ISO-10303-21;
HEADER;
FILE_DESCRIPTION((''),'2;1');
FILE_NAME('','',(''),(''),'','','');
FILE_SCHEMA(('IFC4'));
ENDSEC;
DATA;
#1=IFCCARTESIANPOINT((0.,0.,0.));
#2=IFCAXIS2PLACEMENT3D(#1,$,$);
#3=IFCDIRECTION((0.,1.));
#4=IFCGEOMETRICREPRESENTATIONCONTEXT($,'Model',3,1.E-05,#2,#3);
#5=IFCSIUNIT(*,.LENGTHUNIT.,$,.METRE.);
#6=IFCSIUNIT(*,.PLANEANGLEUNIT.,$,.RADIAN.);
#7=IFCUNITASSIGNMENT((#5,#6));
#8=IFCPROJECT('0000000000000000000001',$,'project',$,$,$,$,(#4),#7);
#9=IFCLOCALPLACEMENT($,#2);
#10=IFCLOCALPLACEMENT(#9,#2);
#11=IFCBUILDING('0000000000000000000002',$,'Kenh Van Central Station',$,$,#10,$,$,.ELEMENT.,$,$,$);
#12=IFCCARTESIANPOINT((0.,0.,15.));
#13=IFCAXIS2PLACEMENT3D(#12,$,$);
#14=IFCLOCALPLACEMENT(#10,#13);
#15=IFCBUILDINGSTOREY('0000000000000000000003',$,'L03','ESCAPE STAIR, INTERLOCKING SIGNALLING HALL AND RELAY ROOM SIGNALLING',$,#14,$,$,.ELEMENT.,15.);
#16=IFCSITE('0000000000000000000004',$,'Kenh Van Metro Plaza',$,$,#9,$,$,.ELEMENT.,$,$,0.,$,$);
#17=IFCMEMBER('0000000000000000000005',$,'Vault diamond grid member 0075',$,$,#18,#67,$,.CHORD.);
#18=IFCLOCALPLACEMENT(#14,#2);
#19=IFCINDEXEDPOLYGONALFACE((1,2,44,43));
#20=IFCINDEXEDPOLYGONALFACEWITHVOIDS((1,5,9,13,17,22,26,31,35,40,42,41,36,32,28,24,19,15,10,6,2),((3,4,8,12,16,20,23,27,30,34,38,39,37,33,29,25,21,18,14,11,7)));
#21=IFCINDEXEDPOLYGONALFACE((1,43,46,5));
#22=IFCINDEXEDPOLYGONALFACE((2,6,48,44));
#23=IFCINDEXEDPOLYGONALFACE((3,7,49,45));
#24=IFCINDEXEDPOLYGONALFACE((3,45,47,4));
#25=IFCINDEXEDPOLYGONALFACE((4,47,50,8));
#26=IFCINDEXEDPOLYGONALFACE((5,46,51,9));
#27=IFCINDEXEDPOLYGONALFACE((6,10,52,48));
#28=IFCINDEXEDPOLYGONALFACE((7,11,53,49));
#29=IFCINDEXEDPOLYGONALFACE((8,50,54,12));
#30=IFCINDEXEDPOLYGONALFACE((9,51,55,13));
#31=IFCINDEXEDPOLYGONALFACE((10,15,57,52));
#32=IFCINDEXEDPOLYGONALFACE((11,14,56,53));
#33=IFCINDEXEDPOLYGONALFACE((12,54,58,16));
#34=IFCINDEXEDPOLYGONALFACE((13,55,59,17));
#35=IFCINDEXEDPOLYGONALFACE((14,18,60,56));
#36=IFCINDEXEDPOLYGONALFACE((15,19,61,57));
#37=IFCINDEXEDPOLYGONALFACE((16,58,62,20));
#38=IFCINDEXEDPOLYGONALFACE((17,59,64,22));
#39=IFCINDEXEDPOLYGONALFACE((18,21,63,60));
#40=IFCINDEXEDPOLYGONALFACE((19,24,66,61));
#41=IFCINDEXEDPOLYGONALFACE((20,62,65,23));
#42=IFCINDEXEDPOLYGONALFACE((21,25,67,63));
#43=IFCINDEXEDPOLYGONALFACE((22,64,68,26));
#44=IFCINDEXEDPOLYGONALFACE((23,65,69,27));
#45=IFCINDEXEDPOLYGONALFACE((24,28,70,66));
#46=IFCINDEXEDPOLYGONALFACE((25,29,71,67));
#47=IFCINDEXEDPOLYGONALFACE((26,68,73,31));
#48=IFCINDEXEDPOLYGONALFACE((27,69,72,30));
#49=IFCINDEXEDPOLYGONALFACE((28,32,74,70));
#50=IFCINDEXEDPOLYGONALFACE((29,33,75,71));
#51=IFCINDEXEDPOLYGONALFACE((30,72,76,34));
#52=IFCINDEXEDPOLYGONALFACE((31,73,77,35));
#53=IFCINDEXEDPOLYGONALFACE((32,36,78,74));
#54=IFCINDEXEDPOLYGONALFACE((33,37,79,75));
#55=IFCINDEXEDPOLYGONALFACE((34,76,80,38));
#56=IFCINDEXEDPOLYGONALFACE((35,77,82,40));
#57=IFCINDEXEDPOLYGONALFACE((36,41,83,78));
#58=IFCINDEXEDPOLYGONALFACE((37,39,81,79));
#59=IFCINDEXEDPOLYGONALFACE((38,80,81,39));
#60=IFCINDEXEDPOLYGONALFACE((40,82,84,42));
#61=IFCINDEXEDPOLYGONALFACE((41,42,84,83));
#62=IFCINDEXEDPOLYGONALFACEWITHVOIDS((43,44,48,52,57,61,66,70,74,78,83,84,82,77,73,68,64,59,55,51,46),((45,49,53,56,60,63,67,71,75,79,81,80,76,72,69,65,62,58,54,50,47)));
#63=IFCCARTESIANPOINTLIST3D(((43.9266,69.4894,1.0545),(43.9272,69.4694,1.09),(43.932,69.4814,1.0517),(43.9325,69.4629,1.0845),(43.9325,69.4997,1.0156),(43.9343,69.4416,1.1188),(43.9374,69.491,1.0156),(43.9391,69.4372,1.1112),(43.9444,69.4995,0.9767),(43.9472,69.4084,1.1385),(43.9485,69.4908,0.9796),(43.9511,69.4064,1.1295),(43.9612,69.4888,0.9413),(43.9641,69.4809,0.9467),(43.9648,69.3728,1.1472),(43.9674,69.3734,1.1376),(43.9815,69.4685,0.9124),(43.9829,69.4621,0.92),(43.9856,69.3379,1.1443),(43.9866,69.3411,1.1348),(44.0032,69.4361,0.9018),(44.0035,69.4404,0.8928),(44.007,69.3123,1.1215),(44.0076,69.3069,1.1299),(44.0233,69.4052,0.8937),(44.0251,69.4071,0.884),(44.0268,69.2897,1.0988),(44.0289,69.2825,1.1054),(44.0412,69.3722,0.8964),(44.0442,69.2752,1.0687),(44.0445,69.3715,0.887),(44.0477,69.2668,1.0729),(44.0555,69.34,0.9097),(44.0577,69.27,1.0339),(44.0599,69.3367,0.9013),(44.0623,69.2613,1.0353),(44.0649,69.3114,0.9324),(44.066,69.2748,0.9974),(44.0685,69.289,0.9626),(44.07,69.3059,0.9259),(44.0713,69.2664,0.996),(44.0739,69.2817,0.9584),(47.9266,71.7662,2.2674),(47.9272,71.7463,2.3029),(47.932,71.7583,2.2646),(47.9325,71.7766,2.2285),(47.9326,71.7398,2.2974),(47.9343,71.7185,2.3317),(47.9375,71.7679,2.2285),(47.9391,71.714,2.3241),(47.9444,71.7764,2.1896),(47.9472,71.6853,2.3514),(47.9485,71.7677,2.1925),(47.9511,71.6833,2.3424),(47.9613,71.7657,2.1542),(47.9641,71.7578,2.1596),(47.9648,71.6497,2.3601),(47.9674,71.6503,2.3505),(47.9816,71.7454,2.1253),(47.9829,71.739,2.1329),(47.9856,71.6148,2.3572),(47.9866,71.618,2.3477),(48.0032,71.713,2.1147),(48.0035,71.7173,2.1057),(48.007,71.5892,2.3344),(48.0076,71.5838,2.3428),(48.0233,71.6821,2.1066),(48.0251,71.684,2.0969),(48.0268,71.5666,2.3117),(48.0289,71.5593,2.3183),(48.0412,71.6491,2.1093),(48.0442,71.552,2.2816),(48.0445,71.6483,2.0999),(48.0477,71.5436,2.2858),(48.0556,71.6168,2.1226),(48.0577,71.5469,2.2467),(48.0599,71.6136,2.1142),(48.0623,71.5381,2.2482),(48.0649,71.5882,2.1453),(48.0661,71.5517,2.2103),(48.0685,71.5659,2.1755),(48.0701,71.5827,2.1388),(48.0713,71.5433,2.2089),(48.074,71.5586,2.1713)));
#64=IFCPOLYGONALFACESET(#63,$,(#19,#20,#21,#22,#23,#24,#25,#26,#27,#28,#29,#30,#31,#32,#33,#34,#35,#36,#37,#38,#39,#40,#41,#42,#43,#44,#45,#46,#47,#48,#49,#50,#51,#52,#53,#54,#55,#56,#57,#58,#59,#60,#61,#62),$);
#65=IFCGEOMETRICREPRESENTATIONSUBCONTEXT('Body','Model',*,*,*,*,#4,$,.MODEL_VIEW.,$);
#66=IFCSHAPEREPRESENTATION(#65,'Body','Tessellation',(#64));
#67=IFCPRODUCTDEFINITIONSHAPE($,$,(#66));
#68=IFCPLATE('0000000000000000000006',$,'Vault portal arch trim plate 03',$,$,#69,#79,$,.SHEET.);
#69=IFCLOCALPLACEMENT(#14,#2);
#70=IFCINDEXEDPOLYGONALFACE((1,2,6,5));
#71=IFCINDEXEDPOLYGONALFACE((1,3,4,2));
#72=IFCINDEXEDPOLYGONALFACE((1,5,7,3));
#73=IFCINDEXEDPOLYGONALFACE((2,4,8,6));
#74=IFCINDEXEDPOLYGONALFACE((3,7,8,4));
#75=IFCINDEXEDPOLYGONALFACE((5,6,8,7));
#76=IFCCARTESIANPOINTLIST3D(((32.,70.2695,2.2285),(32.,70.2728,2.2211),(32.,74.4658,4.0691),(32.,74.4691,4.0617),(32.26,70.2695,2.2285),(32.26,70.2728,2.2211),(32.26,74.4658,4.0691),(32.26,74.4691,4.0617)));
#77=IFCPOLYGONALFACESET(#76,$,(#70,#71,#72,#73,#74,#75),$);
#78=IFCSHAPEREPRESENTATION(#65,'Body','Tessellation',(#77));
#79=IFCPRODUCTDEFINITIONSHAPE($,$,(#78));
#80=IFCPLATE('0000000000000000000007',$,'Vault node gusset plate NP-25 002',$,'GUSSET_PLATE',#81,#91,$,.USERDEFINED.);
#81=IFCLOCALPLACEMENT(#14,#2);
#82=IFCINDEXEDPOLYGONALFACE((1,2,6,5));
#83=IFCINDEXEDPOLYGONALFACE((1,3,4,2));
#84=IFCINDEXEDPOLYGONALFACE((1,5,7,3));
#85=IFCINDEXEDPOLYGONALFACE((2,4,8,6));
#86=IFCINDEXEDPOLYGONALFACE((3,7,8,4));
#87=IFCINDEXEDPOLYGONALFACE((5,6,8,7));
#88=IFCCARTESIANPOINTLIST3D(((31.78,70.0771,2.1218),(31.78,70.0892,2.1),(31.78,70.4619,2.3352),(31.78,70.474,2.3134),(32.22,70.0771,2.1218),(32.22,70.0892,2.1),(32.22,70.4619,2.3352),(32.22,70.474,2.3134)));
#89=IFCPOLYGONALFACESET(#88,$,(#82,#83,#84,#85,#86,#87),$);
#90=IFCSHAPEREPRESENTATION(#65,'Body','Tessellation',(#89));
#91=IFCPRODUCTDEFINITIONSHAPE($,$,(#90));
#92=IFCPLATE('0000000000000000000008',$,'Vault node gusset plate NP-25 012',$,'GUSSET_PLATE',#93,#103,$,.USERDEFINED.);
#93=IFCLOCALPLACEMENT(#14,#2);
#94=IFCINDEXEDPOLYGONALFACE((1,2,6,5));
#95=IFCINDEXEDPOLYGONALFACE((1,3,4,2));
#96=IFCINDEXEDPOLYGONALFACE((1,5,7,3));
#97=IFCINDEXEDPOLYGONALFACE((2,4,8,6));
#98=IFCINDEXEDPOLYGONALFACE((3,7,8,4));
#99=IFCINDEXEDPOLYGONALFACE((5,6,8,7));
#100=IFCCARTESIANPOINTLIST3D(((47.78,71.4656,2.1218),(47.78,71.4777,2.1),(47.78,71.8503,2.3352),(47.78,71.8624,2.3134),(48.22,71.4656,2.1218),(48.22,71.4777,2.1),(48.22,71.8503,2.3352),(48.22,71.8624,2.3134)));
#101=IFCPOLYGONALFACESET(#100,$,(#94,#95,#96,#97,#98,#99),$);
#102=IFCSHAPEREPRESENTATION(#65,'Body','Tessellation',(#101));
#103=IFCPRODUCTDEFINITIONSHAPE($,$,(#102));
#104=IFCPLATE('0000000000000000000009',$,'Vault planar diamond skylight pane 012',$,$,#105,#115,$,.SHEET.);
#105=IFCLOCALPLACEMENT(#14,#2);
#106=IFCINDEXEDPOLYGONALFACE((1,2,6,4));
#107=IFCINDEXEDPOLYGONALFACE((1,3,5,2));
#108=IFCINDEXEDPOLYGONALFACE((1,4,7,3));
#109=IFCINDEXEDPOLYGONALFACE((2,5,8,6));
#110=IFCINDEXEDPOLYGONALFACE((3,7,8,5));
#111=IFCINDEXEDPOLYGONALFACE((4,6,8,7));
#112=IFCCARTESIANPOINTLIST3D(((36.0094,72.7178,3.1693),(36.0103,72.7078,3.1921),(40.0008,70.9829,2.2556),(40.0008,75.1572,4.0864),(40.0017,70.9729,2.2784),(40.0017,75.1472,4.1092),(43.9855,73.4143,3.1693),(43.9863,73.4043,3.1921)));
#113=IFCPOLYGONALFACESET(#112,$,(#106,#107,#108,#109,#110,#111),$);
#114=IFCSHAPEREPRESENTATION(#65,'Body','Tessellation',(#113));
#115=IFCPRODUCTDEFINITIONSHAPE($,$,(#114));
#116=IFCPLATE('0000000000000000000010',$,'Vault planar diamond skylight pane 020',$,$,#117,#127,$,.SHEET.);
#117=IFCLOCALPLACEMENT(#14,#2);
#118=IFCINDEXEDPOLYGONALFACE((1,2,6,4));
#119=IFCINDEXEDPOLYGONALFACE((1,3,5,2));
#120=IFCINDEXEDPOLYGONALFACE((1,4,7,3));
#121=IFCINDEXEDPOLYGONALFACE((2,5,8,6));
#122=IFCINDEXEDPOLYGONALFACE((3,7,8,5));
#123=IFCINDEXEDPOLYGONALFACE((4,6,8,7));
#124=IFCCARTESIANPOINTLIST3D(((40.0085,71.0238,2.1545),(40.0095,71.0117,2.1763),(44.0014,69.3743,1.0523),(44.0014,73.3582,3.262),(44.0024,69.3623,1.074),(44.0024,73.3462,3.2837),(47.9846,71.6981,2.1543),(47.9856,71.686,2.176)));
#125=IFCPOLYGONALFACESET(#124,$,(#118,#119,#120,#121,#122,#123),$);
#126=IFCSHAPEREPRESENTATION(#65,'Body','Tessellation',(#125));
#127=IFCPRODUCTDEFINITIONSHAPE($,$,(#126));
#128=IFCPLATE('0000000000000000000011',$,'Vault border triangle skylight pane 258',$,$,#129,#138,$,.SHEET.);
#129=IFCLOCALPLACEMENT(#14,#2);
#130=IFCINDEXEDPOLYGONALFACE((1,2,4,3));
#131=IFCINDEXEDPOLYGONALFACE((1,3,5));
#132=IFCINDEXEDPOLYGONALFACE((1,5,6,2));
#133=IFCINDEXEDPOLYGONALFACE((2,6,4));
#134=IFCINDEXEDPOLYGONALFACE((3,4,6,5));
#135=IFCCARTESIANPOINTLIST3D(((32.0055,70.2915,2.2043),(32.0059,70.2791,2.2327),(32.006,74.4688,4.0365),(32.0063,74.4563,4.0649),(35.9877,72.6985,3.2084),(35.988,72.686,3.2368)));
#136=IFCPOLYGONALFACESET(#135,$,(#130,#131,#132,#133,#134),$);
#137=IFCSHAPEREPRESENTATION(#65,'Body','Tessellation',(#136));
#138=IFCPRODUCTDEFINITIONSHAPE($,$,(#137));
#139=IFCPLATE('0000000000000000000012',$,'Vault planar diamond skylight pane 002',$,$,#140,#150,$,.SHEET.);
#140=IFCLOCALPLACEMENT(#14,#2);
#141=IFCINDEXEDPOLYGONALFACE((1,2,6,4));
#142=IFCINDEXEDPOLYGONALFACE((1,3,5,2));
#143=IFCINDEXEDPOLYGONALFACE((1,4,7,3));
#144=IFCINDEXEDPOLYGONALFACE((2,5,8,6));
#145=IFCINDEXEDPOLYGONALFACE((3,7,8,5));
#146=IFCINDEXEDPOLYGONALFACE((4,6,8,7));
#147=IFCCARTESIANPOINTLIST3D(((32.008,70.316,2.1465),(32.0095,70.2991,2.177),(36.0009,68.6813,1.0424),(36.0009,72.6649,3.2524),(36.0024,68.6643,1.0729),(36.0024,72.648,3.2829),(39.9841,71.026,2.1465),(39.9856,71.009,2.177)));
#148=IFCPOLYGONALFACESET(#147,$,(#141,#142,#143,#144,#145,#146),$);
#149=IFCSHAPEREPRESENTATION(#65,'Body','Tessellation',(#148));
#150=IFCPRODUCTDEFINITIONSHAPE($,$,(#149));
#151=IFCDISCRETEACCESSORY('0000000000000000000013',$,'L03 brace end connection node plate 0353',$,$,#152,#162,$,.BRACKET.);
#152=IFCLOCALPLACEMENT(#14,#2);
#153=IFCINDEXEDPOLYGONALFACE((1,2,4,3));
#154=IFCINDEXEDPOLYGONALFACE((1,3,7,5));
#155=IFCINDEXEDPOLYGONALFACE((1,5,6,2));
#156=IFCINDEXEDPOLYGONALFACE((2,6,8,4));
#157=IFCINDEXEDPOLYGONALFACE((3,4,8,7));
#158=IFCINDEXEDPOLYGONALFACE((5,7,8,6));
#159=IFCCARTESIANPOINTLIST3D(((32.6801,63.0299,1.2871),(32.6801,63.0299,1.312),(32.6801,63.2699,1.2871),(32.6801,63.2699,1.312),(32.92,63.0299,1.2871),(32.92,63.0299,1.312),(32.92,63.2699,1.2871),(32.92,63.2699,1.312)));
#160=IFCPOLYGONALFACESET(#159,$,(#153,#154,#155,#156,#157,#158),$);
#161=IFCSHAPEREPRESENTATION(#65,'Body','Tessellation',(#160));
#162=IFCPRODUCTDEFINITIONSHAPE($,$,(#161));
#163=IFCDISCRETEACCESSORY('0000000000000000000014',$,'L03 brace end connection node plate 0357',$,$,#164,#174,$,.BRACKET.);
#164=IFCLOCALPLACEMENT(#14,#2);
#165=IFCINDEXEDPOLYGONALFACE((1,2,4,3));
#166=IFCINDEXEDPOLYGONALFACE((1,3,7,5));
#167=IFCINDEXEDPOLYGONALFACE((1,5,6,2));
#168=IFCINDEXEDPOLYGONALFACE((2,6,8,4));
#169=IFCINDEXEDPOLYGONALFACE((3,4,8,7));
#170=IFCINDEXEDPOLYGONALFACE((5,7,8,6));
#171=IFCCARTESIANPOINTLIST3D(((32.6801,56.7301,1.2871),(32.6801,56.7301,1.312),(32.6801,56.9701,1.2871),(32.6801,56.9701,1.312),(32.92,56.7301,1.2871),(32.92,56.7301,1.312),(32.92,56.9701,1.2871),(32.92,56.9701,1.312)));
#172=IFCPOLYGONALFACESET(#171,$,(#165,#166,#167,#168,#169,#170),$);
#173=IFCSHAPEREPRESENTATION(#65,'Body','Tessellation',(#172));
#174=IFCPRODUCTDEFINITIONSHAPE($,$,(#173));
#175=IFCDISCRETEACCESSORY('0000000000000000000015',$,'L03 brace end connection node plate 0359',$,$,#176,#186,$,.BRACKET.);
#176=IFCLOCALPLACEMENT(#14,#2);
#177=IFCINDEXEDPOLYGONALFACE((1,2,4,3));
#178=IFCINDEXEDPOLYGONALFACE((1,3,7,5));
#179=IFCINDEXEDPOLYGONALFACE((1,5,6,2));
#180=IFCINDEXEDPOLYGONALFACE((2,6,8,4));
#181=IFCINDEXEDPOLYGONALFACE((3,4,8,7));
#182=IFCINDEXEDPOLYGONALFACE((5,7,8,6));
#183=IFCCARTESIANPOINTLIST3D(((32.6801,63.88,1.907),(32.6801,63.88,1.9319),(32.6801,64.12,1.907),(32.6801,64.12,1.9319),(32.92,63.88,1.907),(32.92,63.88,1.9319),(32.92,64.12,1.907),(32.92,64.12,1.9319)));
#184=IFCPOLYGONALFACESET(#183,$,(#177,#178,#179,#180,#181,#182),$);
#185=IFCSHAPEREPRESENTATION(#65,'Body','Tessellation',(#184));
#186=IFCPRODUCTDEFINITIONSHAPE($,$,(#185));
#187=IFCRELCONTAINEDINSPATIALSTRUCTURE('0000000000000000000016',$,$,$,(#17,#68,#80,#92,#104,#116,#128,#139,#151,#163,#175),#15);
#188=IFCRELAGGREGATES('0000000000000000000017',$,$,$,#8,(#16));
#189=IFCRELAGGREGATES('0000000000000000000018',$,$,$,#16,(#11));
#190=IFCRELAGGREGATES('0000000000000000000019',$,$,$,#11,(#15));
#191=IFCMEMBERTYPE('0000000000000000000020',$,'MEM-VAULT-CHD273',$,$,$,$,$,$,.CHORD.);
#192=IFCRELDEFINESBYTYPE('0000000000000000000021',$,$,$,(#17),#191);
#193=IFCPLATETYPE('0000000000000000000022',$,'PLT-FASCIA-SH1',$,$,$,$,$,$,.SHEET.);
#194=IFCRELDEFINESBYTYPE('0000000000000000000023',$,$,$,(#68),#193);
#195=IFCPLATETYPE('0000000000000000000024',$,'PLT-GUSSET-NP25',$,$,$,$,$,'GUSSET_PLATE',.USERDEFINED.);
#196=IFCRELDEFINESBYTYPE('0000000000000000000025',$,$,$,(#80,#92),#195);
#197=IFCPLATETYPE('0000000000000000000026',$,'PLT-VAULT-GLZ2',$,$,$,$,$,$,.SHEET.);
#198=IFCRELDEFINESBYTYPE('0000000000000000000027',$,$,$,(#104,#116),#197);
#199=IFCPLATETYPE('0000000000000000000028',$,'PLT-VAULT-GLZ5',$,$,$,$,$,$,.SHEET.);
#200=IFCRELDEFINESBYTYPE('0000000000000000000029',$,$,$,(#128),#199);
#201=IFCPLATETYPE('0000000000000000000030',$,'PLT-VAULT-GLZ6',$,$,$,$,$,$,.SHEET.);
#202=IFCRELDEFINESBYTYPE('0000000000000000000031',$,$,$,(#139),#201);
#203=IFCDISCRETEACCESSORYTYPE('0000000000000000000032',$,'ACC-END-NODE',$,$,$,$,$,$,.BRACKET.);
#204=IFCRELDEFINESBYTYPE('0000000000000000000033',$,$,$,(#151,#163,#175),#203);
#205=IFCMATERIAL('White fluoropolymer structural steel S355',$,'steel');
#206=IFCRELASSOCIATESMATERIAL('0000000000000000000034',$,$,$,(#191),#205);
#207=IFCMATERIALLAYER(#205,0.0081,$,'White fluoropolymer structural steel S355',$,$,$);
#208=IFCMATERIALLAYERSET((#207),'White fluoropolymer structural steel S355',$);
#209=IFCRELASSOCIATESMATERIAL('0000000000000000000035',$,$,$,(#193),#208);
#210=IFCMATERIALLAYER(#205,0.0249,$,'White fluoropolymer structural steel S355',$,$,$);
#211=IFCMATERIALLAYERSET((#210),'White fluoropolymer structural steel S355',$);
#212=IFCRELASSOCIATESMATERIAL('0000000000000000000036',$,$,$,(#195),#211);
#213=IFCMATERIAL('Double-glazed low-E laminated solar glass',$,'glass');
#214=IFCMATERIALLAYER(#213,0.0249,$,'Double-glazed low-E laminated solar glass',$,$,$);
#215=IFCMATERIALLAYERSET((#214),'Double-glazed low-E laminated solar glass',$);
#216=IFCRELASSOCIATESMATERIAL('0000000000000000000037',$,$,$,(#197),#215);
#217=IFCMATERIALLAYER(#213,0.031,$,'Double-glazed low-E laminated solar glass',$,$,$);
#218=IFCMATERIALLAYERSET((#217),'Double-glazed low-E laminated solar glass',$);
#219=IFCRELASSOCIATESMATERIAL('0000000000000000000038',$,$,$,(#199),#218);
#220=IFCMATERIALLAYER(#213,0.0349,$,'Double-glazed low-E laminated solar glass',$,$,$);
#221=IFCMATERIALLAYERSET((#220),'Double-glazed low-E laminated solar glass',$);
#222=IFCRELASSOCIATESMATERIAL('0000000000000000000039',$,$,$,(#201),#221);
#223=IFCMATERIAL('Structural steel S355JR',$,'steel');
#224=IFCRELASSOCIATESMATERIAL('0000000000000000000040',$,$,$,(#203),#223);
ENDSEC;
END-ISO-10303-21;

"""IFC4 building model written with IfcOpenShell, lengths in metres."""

from ifc_helpers import new_model, si_unit, direction, frame, origin, origin_2d, place, context, subcontext, project, spatial, polyline, rectangle, hollow_circle, outline, extrude, material, layer, layer_set, material_profile, profile_set, type_object, element, save


model = new_model("IFC4")

# Units and contexts
model_context = context("Model", 3, precision=1e-05, world=origin(), true_north=direction((0.0, 1.0)))
body_context = subcontext(model_context, "Body", "Model", "MODEL_VIEW")
ifc_project = project(units=[si_unit("LENGTHUNIT", "METRE"), si_unit("PLANEANGLEUNIT", "RADIAN")], contexts=[model_context])

# Site, building, storey
site_placement = place(None, origin())
site = spatial("IfcSite", under=ifc_project, at=site_placement, Name="Kenh Van Metro Plaza", CompositionType="ELEMENT", RefElevation=0.0)
building_placement = place(site_placement, origin())
building = spatial("IfcBuilding", under=site, at=building_placement, Name="Kenh Van Central Station", CompositionType="ELEMENT")
storey_placement = place(building_placement, frame((0.0, 0.0, 15.0)))
storey = spatial("IfcBuildingStorey", under=building, at=storey_placement, Name="L03", Description="ESCAPE STAIR, INTERLOCKING SIGNALLING HALL AND RELAY ROOM SIGNALLING", CompositionType="ELEMENT", Elevation=15.0)

# Shared definitions
ifc_material_1 = material(Name="White fluoropolymer structural steel S355", Category="steel")

# Member
ifc_material_profile_1 = material_profile(ifc_material_1, hollow_circle(Radius=0.1365, WallThickness=0.01, at=origin_2d()), Name="CHS 273x10")
ifc_profile_set_1 = profile_set([ifc_material_profile_1], Name="White fluoropolymer structural steel S355")
member_type_1 = type_object("IfcMemberType", Name="MEM-VAULT-CHD273", PredefinedType="CHORD", material=ifc_profile_set_1)
member_1_placement = place(storey_placement, frame((44.0, 69.3811, 1.0156), z_axis=(0.840381, 0.478357, 0.254823), x_axis=(-0.494687, 0.869071, 0.0)))
element("IfcMember", 1, at=member_1_placement, inside=storey, type_object=member_type_1, Name="Vault diamond grid member 0075", PredefinedType="CHORD", context=body_context, shape_type="SweptSolid", body=[
    extrude(hollow_circle(Radius=0.1365, WallThickness=0.01, at=origin_2d()), origin(), (0.0, 0.0, 1.0), 4.7598),
])

# Plates
ifc_layer_1 = layer(ifc_material_1, 0.0081, Name="White fluoropolymer structural steel S355")
ifc_layer_set_1 = layer_set([ifc_layer_1], Name="White fluoropolymer structural steel S355")
plate_type_1 = type_object("IfcPlateType", Name="PLT-FASCIA-SH1", PredefinedType="SHEET", material=ifc_layer_set_1)
plate_1_placement = place(storey_placement, frame((32.0, 70.2695, 2.2285), z_axis=(0.0, -0.40168, 0.91578), x_axis=(1.0, 0.0, 0.0)))
element("IfcPlate", 2, at=plate_1_placement, inside=storey, type_object=plate_type_1, Name="Vault portal arch trim plate 03", PredefinedType="SHEET", context=body_context, shape_type="SweptSolid", body=[
    extrude(outline(polyline([(0.0, 0.0), (0.26, 0.0), (0.26, 4.5822), (0.0, 4.5822), (0.0, 0.0)])), origin(), (0.0, 0.0, -1.0), 0.0081),
])
ifc_layer_2 = layer(ifc_material_1, 0.0249, Name="White fluoropolymer structural steel S355")
ifc_layer_set_2 = layer_set([ifc_layer_2], Name="White fluoropolymer structural steel S355")
plate_type_2 = type_object("IfcPlateType", Name="PLT-GUSSET-NP25", ElementType="GUSSET_PLATE", PredefinedType="USERDEFINED", material=ifc_layer_set_2)
for number, where, z_axis, x_axis, name in (
    (3, (31.78, 70.0771, 2.1218), (0.0, -0.484983, 0.874523), (1.0, 0.0, 0.0), "Vault node gusset plate NP-25 002"),
    (4, (47.78, 71.4656, 2.1218), (0.0, -0.484983, 0.874523), (1.0, 0.0, 0.0), "Vault node gusset plate NP-25 012"),
):
    element("IfcPlate", number, at=place(storey_placement, frame(where, z_axis=z_axis, x_axis=x_axis)), inside=storey, type_object=plate_type_2, Name=name, ObjectType="GUSSET_PLATE", PredefinedType="USERDEFINED", context=body_context, shape_type="SweptSolid", body=[
        extrude(outline(polyline([(0.0, 0.0), (0.4399, 0.0), (0.4399, 0.44), (0.0, 0.44), (0.0, 0.0)])), origin(), (0.0, 0.0, -1.0), 0.0249),
    ])
ifc_material_2 = material(Name="Double-glazed low-E laminated solar glass", Category="glass")
ifc_layer_3 = layer(ifc_material_2, 0.0249, Name="Double-glazed low-E laminated solar glass")
ifc_layer_set_3 = layer_set([ifc_layer_3], Name="Double-glazed low-E laminated solar glass")
plate_type_3 = type_object("IfcPlateType", Name="PLT-VAULT-GLZ2", PredefinedType="SHEET", material=ifc_layer_set_3)
plate_2_placement = place(storey_placement, frame((36.0103, 72.7078, 3.1921), z_axis=(0.035054, -0.401409, 0.915228), x_axis=(0.897545, -0.390117, -0.205478)))
element("IfcPlate", 5, at=plate_2_placement, inside=storey, type_object=plate_type_3, Name="Vault planar diamond skylight pane 012", PredefinedType="SHEET", context=body_context, shape_type="SweptSolid", body=[
    extrude(outline(polyline([(0.0, 0.0), (4.4471, 0.0), (6.8872, 4.0829), (2.4424, 4.0937), (0.0, 0.0)])), origin(), (0.0, 0.0, -1.0), 0.0249),
])
plate_3_placement = place(storey_placement, frame((40.0095, 71.0117, 2.1763), z_axis=(0.040999, -0.484639, 0.873753), x_axis=(0.895557, -0.369947, -0.247218)))
element("IfcPlate", 6, at=plate_3_placement, inside=storey, type_object=plate_type_3, Name="Vault planar diamond skylight pane 020", PredefinedType="SHEET", context=body_context, shape_type="SweptSolid", body=[
    extrude(outline(polyline([(0.0, 0.0), (4.4586, 0.0), (6.8936, 4.0682), (2.4385, 4.0833), (0.0, 0.0)])), origin(), (0.0, 0.0, -1.0), 0.0249),
])
ifc_layer_4 = layer(ifc_material_2, 0.031, Name="Double-glazed low-E laminated solar glass")
ifc_layer_set_4 = layer_set([ifc_layer_4], Name="Double-glazed low-E laminated solar glass")
plate_type_4 = type_object("IfcPlateType", Name="PLT-VAULT-GLZ5", PredefinedType="SHEET", material=ifc_layer_set_4)
plate_4_placement = place(storey_placement, frame((32.0059, 70.2791, 2.2327), z_axis=(0.011873, -0.401662, 0.915711), x_axis=(0.836555, 0.505646, 0.210947)))
element("IfcPlate", 7, at=plate_4_placement, inside=storey, type_object=plate_type_4, Name="Vault border triangle skylight pane 258", PredefinedType="SHEET", context=body_context, shape_type="SweptSolid", body=[
    extrude(outline(polyline([(0.0, 0.0), (4.7602, 0.0), (2.4991, 3.8159), (0.0, 0.0)])), origin(), (0.0, 0.0, -1.0), 0.031),
])
ifc_layer_5 = layer(ifc_material_2, 0.0349, Name="Double-glazed low-E laminated solar glass")
ifc_layer_set_5 = layer_set([ifc_layer_5], Name="Double-glazed low-E laminated solar glass")
plate_type_5 = type_object("IfcPlateType", Name="PLT-VAULT-GLZ6", PredefinedType="SHEET", material=ifc_layer_set_5)
plate_5_placement = place(storey_placement, frame((32.0095, 70.2991, 2.177), z_axis=(0.04314, -0.484659, 0.873639), x_axis=(0.896556, -0.367058, -0.247901)))
element("IfcPlate", 8, at=plate_5_placement, inside=storey, type_object=plate_type_5, Name="Vault planar diamond skylight pane 002", PredefinedType="SHEET", context=body_context, shape_type="SweptSolid", body=[
    extrude(outline(polyline([(0.0, 0.0), (4.4536, 0.0), (6.8904, 4.0797), (2.4435, 4.0881), (0.0, 0.0)])), origin(), (0.0, 0.0, -1.0), 0.0349),
])

# Discrete accessories
ifc_material_3 = material(Name="Structural steel S355JR", Category="steel")
discrete_accessory_type_1 = type_object("IfcDiscreteAccessoryType", Name="ACC-END-NODE", PredefinedType="BRACKET", material=ifc_material_3)
for number, where, z_axis, x_axis, name in (
    (9, (32.8, 63.1499, 1.2871), (0.0, 0.0, 1.0), (1.0, 0.0, 0.0), "L03 brace end connection node plate 0353"),
    (10, (32.8, 56.8501, 1.2871), (0.0, 0.0, 1.0), (1.0, 0.0, 0.0), "L03 brace end connection node plate 0357"),
    (11, (32.8, 64.0, 1.907), (0.0, 0.0, 1.0), (1.0, 0.0, 0.0), "L03 brace end connection node plate 0359"),
):
    element("IfcDiscreteAccessory", number, at=place(storey_placement, frame(where, z_axis=z_axis, x_axis=x_axis)), inside=storey, type_object=discrete_accessory_type_1, Name=name, PredefinedType="BRACKET", context=body_context, shape_type="SweptSolid", body=[
        extrude(rectangle(XDim=0.24, YDim=0.24, at=origin_2d()), origin(), (0.0, 0.0, 1.0), 0.0249),
    ])

save(model, "model.ifc")
